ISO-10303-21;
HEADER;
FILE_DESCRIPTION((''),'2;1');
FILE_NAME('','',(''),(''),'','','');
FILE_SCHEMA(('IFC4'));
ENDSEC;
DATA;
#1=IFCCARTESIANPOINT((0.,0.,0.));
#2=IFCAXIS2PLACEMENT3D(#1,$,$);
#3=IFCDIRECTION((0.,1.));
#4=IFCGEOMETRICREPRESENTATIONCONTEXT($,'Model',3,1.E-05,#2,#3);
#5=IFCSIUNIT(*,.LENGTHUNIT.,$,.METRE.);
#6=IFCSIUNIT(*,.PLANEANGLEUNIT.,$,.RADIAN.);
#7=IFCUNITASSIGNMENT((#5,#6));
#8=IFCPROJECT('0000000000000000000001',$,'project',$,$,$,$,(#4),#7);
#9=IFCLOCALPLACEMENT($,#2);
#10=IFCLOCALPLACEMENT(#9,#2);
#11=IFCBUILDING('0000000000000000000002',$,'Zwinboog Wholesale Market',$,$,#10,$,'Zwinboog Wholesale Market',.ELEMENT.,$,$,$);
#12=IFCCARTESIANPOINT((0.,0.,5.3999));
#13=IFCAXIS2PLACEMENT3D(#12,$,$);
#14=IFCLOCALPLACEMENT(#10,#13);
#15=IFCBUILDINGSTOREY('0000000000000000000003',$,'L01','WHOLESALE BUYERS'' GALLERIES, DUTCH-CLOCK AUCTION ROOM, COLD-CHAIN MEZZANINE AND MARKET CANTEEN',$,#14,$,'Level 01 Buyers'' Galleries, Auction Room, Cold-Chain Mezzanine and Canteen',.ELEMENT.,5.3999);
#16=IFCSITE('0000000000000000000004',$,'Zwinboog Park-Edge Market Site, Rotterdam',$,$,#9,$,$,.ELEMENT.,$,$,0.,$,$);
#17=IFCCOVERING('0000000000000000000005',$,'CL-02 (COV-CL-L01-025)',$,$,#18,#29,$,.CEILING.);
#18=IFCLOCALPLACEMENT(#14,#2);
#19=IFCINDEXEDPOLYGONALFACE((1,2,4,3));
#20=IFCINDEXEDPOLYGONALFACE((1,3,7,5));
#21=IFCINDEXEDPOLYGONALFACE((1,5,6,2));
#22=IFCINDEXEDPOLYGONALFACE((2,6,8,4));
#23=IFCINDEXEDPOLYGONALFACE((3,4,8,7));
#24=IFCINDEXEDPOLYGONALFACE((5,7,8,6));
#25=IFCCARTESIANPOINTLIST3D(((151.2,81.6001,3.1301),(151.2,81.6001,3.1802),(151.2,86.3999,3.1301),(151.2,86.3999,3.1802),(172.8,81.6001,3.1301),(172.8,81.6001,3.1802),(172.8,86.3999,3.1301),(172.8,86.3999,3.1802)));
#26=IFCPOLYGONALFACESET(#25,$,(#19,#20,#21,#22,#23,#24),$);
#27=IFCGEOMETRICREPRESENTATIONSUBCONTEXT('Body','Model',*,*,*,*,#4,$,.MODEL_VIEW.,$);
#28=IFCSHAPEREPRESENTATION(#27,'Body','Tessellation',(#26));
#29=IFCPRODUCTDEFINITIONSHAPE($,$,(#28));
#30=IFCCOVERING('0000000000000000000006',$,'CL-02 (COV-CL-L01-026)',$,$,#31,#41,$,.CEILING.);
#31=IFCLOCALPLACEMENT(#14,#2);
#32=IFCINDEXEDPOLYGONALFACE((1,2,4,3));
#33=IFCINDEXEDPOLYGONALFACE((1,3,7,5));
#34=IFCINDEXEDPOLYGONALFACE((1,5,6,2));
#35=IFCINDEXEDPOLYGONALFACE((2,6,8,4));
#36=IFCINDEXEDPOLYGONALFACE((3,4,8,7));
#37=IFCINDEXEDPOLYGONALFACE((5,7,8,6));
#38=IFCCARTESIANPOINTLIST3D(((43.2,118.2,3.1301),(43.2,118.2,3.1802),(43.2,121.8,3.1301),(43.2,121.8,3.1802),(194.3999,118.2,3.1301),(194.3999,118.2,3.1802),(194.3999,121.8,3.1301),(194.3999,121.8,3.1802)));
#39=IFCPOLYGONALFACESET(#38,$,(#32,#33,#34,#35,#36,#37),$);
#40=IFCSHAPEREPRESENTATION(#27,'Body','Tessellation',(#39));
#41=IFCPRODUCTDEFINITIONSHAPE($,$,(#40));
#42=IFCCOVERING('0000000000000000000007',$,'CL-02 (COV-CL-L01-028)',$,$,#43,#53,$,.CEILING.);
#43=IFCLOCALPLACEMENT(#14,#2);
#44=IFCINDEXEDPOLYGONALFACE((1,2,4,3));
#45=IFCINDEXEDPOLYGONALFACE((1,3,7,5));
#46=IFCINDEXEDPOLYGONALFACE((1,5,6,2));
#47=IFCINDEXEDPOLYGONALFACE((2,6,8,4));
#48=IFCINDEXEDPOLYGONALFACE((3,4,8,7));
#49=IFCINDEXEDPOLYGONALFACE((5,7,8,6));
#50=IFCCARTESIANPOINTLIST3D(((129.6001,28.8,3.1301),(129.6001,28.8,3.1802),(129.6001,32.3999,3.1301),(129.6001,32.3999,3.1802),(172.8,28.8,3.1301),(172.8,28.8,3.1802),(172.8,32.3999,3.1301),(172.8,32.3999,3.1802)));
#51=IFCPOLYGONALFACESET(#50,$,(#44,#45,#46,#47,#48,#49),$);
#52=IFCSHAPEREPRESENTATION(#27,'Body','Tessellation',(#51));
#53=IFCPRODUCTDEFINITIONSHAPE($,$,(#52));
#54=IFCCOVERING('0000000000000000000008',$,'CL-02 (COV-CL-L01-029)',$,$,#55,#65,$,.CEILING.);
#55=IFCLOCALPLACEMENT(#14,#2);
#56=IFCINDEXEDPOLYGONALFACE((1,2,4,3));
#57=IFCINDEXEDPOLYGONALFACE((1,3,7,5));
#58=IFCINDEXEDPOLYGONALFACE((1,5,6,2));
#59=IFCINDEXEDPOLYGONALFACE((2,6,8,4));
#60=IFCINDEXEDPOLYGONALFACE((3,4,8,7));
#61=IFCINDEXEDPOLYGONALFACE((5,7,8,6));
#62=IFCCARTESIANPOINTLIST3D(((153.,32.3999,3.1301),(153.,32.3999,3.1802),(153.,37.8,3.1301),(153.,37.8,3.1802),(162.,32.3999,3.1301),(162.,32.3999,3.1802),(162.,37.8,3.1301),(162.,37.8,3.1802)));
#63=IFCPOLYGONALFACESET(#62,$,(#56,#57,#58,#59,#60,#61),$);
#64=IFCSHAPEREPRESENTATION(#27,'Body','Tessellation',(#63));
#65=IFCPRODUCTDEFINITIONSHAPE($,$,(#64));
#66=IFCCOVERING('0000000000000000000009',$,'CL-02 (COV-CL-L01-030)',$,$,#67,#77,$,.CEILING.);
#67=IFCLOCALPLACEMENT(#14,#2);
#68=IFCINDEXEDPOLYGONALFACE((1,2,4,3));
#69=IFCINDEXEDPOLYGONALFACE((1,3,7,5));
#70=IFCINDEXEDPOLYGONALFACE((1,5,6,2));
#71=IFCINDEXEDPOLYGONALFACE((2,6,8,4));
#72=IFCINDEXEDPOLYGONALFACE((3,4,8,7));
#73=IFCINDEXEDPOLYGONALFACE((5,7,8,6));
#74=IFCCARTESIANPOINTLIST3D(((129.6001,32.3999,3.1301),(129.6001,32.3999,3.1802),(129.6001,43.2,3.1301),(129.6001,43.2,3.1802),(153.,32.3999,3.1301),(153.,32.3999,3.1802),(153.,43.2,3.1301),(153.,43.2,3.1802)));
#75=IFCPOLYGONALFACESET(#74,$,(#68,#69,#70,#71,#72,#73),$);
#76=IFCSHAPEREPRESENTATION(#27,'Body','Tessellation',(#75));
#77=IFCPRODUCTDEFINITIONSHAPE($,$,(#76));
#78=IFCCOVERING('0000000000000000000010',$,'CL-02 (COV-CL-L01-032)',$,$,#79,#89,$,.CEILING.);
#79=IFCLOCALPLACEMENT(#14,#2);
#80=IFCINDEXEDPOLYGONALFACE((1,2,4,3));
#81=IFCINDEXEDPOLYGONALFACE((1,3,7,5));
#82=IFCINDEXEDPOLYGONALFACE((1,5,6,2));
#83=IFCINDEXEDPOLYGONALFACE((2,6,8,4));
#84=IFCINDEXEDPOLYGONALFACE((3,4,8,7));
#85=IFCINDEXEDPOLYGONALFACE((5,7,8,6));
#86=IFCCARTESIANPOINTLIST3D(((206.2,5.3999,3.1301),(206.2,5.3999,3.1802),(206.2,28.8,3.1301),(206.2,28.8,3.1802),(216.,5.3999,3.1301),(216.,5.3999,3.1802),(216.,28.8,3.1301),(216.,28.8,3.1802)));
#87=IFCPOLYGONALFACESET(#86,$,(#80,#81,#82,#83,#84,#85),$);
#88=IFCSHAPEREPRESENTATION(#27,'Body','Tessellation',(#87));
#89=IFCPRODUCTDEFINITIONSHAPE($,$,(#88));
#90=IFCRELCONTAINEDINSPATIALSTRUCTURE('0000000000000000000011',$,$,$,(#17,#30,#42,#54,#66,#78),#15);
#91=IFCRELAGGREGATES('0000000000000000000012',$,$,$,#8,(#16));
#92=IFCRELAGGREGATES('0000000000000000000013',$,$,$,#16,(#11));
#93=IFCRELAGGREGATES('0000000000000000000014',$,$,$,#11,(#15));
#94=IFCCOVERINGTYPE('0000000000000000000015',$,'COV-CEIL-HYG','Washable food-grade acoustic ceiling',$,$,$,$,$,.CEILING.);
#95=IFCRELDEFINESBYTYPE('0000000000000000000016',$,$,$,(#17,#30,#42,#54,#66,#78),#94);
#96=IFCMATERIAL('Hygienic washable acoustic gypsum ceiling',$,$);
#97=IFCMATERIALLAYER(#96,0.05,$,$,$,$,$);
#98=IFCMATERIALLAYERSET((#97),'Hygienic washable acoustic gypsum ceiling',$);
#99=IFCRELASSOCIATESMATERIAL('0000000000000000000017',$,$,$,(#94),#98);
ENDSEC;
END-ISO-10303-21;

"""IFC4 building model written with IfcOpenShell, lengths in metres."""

from ifc_helpers import new_model, si_unit, direction, frame, origin, place, context, subcontext, project, spatial, polyline, outline, extrude, material, layer, layer_set, type_object, element, save


model = new_model("IFC4")

# Units and contexts
model_context = context("Model", 3, precision=1e-05, world=origin(), true_north=direction((0.0, 1.0)))
body_context = subcontext(model_context, "Body", "Model", "MODEL_VIEW")
ifc_project = project(units=[si_unit("LENGTHUNIT", "METRE"), si_unit("PLANEANGLEUNIT", "RADIAN")], contexts=[model_context])

# Site, building, storey
site_placement = place(None, origin())
site = spatial("IfcSite", under=ifc_project, at=site_placement, Name="Zwinboog Park-Edge Market Site, Rotterdam", CompositionType="ELEMENT", RefElevation=0.0)
building_placement = place(site_placement, origin())
building = spatial("IfcBuilding", under=site, at=building_placement, Name="Zwinboog Wholesale Market", LongName="Zwinboog Wholesale Market", CompositionType="ELEMENT")
storey_placement = place(building_placement, frame((0.0, 0.0, 5.3999)))
storey = spatial("IfcBuildingStorey", under=building, at=storey_placement, Name="L01", Description="WHOLESALE BUYERS' GALLERIES, DUTCH-CLOCK AUCTION ROOM, COLD-CHAIN MEZZANINE AND MARKET CANTEEN", LongName="Level 01 Buyers' Galleries, Auction Room, Cold-Chain Mezzanine and Canteen", CompositionType="ELEMENT", Elevation=5.3999)

# Coverings
ifc_material_1 = material(Name="Hygienic washable acoustic gypsum ceiling")
ifc_layer_1 = layer(ifc_material_1, 0.05)
ifc_layer_set_1 = layer_set([ifc_layer_1], Name="Hygienic washable acoustic gypsum ceiling")
covering_type_1 = type_object("IfcCoveringType", Name="COV-CEIL-HYG", Description="Washable food-grade acoustic ceiling", PredefinedType="CEILING", material=ifc_layer_set_1)
covering_1_placement = place(storey_placement, frame((0.0, 0.0, 3.1301)))
element("IfcCovering", 1, at=covering_1_placement, inside=storey, type_object=covering_type_1, Name="CL-02 (COV-CL-L01-025)", PredefinedType="CEILING", context=body_context, shape_type="SweptSolid", body=[
    extrude(outline(polyline([(151.2, 81.6001), (172.8, 81.6001), (172.8, 86.3999), (151.2, 86.3999), (151.2, 81.6001)])), origin(), (0.0, 0.0, 1.0), 0.05),
])
covering_2_placement = place(storey_placement, frame((0.0, 0.0, 3.1301)))
element("IfcCovering", 2, at=covering_2_placement, inside=storey, type_object=covering_type_1, Name="CL-02 (COV-CL-L01-026)", PredefinedType="CEILING", context=body_context, shape_type="SweptSolid", body=[
    extrude(outline(polyline([(43.2, 118.2), (194.3999, 118.2), (194.3999, 121.8), (43.2, 121.8), (43.2, 118.2)])), origin(), (0.0, 0.0, 1.0), 0.05),
])
covering_3_placement = place(storey_placement, frame((0.0, 0.0, 3.1301)))
element("IfcCovering", 3, at=covering_3_placement, inside=storey, type_object=covering_type_1, Name="CL-02 (COV-CL-L01-028)", PredefinedType="CEILING", context=body_context, shape_type="SweptSolid", body=[
    extrude(outline(polyline([(129.6001, 28.8), (172.8, 28.8), (172.8, 32.3999), (129.6001, 32.3999), (129.6001, 28.8)])), origin(), (0.0, 0.0, 1.0), 0.05),
])
covering_4_placement = place(storey_placement, frame((0.0, 0.0, 3.1301)))
element("IfcCovering", 4, at=covering_4_placement, inside=storey, type_object=covering_type_1, Name="CL-02 (COV-CL-L01-029)", PredefinedType="CEILING", context=body_context, shape_type="SweptSolid", body=[
    extrude(outline(polyline([(153.0, 32.3999), (162.0, 32.3999), (162.0, 37.8), (153.0, 37.8), (153.0, 32.3999)])), origin(), (0.0, 0.0, 1.0), 0.05),
])
covering_5_placement = place(storey_placement, frame((0.0, 0.0, 3.1301)))
element("IfcCovering", 5, at=covering_5_placement, inside=storey, type_object=covering_type_1, Name="CL-02 (COV-CL-L01-030)", PredefinedType="CEILING", context=body_context, shape_type="SweptSolid", body=[
    extrude(outline(polyline([(129.6001, 32.3999), (153.0, 32.3999), (153.0, 43.2), (129.6001, 43.2), (129.6001, 32.3999)])), origin(), (0.0, 0.0, 1.0), 0.05),
])
covering_6_placement = place(storey_placement, frame((0.0, 0.0, 3.1301)))
element("IfcCovering", 6, at=covering_6_placement, inside=storey, type_object=covering_type_1, Name="CL-02 (COV-CL-L01-032)", PredefinedType="CEILING", context=body_context, shape_type="SweptSolid", body=[
    extrude(outline(polyline([(206.2, 5.3999), (216.0, 5.3999), (216.0, 28.8), (206.2, 28.8), (206.2, 5.3999)])), origin(), (0.0, 0.0, 1.0), 0.05),
])

save(model, "model.ifc")
